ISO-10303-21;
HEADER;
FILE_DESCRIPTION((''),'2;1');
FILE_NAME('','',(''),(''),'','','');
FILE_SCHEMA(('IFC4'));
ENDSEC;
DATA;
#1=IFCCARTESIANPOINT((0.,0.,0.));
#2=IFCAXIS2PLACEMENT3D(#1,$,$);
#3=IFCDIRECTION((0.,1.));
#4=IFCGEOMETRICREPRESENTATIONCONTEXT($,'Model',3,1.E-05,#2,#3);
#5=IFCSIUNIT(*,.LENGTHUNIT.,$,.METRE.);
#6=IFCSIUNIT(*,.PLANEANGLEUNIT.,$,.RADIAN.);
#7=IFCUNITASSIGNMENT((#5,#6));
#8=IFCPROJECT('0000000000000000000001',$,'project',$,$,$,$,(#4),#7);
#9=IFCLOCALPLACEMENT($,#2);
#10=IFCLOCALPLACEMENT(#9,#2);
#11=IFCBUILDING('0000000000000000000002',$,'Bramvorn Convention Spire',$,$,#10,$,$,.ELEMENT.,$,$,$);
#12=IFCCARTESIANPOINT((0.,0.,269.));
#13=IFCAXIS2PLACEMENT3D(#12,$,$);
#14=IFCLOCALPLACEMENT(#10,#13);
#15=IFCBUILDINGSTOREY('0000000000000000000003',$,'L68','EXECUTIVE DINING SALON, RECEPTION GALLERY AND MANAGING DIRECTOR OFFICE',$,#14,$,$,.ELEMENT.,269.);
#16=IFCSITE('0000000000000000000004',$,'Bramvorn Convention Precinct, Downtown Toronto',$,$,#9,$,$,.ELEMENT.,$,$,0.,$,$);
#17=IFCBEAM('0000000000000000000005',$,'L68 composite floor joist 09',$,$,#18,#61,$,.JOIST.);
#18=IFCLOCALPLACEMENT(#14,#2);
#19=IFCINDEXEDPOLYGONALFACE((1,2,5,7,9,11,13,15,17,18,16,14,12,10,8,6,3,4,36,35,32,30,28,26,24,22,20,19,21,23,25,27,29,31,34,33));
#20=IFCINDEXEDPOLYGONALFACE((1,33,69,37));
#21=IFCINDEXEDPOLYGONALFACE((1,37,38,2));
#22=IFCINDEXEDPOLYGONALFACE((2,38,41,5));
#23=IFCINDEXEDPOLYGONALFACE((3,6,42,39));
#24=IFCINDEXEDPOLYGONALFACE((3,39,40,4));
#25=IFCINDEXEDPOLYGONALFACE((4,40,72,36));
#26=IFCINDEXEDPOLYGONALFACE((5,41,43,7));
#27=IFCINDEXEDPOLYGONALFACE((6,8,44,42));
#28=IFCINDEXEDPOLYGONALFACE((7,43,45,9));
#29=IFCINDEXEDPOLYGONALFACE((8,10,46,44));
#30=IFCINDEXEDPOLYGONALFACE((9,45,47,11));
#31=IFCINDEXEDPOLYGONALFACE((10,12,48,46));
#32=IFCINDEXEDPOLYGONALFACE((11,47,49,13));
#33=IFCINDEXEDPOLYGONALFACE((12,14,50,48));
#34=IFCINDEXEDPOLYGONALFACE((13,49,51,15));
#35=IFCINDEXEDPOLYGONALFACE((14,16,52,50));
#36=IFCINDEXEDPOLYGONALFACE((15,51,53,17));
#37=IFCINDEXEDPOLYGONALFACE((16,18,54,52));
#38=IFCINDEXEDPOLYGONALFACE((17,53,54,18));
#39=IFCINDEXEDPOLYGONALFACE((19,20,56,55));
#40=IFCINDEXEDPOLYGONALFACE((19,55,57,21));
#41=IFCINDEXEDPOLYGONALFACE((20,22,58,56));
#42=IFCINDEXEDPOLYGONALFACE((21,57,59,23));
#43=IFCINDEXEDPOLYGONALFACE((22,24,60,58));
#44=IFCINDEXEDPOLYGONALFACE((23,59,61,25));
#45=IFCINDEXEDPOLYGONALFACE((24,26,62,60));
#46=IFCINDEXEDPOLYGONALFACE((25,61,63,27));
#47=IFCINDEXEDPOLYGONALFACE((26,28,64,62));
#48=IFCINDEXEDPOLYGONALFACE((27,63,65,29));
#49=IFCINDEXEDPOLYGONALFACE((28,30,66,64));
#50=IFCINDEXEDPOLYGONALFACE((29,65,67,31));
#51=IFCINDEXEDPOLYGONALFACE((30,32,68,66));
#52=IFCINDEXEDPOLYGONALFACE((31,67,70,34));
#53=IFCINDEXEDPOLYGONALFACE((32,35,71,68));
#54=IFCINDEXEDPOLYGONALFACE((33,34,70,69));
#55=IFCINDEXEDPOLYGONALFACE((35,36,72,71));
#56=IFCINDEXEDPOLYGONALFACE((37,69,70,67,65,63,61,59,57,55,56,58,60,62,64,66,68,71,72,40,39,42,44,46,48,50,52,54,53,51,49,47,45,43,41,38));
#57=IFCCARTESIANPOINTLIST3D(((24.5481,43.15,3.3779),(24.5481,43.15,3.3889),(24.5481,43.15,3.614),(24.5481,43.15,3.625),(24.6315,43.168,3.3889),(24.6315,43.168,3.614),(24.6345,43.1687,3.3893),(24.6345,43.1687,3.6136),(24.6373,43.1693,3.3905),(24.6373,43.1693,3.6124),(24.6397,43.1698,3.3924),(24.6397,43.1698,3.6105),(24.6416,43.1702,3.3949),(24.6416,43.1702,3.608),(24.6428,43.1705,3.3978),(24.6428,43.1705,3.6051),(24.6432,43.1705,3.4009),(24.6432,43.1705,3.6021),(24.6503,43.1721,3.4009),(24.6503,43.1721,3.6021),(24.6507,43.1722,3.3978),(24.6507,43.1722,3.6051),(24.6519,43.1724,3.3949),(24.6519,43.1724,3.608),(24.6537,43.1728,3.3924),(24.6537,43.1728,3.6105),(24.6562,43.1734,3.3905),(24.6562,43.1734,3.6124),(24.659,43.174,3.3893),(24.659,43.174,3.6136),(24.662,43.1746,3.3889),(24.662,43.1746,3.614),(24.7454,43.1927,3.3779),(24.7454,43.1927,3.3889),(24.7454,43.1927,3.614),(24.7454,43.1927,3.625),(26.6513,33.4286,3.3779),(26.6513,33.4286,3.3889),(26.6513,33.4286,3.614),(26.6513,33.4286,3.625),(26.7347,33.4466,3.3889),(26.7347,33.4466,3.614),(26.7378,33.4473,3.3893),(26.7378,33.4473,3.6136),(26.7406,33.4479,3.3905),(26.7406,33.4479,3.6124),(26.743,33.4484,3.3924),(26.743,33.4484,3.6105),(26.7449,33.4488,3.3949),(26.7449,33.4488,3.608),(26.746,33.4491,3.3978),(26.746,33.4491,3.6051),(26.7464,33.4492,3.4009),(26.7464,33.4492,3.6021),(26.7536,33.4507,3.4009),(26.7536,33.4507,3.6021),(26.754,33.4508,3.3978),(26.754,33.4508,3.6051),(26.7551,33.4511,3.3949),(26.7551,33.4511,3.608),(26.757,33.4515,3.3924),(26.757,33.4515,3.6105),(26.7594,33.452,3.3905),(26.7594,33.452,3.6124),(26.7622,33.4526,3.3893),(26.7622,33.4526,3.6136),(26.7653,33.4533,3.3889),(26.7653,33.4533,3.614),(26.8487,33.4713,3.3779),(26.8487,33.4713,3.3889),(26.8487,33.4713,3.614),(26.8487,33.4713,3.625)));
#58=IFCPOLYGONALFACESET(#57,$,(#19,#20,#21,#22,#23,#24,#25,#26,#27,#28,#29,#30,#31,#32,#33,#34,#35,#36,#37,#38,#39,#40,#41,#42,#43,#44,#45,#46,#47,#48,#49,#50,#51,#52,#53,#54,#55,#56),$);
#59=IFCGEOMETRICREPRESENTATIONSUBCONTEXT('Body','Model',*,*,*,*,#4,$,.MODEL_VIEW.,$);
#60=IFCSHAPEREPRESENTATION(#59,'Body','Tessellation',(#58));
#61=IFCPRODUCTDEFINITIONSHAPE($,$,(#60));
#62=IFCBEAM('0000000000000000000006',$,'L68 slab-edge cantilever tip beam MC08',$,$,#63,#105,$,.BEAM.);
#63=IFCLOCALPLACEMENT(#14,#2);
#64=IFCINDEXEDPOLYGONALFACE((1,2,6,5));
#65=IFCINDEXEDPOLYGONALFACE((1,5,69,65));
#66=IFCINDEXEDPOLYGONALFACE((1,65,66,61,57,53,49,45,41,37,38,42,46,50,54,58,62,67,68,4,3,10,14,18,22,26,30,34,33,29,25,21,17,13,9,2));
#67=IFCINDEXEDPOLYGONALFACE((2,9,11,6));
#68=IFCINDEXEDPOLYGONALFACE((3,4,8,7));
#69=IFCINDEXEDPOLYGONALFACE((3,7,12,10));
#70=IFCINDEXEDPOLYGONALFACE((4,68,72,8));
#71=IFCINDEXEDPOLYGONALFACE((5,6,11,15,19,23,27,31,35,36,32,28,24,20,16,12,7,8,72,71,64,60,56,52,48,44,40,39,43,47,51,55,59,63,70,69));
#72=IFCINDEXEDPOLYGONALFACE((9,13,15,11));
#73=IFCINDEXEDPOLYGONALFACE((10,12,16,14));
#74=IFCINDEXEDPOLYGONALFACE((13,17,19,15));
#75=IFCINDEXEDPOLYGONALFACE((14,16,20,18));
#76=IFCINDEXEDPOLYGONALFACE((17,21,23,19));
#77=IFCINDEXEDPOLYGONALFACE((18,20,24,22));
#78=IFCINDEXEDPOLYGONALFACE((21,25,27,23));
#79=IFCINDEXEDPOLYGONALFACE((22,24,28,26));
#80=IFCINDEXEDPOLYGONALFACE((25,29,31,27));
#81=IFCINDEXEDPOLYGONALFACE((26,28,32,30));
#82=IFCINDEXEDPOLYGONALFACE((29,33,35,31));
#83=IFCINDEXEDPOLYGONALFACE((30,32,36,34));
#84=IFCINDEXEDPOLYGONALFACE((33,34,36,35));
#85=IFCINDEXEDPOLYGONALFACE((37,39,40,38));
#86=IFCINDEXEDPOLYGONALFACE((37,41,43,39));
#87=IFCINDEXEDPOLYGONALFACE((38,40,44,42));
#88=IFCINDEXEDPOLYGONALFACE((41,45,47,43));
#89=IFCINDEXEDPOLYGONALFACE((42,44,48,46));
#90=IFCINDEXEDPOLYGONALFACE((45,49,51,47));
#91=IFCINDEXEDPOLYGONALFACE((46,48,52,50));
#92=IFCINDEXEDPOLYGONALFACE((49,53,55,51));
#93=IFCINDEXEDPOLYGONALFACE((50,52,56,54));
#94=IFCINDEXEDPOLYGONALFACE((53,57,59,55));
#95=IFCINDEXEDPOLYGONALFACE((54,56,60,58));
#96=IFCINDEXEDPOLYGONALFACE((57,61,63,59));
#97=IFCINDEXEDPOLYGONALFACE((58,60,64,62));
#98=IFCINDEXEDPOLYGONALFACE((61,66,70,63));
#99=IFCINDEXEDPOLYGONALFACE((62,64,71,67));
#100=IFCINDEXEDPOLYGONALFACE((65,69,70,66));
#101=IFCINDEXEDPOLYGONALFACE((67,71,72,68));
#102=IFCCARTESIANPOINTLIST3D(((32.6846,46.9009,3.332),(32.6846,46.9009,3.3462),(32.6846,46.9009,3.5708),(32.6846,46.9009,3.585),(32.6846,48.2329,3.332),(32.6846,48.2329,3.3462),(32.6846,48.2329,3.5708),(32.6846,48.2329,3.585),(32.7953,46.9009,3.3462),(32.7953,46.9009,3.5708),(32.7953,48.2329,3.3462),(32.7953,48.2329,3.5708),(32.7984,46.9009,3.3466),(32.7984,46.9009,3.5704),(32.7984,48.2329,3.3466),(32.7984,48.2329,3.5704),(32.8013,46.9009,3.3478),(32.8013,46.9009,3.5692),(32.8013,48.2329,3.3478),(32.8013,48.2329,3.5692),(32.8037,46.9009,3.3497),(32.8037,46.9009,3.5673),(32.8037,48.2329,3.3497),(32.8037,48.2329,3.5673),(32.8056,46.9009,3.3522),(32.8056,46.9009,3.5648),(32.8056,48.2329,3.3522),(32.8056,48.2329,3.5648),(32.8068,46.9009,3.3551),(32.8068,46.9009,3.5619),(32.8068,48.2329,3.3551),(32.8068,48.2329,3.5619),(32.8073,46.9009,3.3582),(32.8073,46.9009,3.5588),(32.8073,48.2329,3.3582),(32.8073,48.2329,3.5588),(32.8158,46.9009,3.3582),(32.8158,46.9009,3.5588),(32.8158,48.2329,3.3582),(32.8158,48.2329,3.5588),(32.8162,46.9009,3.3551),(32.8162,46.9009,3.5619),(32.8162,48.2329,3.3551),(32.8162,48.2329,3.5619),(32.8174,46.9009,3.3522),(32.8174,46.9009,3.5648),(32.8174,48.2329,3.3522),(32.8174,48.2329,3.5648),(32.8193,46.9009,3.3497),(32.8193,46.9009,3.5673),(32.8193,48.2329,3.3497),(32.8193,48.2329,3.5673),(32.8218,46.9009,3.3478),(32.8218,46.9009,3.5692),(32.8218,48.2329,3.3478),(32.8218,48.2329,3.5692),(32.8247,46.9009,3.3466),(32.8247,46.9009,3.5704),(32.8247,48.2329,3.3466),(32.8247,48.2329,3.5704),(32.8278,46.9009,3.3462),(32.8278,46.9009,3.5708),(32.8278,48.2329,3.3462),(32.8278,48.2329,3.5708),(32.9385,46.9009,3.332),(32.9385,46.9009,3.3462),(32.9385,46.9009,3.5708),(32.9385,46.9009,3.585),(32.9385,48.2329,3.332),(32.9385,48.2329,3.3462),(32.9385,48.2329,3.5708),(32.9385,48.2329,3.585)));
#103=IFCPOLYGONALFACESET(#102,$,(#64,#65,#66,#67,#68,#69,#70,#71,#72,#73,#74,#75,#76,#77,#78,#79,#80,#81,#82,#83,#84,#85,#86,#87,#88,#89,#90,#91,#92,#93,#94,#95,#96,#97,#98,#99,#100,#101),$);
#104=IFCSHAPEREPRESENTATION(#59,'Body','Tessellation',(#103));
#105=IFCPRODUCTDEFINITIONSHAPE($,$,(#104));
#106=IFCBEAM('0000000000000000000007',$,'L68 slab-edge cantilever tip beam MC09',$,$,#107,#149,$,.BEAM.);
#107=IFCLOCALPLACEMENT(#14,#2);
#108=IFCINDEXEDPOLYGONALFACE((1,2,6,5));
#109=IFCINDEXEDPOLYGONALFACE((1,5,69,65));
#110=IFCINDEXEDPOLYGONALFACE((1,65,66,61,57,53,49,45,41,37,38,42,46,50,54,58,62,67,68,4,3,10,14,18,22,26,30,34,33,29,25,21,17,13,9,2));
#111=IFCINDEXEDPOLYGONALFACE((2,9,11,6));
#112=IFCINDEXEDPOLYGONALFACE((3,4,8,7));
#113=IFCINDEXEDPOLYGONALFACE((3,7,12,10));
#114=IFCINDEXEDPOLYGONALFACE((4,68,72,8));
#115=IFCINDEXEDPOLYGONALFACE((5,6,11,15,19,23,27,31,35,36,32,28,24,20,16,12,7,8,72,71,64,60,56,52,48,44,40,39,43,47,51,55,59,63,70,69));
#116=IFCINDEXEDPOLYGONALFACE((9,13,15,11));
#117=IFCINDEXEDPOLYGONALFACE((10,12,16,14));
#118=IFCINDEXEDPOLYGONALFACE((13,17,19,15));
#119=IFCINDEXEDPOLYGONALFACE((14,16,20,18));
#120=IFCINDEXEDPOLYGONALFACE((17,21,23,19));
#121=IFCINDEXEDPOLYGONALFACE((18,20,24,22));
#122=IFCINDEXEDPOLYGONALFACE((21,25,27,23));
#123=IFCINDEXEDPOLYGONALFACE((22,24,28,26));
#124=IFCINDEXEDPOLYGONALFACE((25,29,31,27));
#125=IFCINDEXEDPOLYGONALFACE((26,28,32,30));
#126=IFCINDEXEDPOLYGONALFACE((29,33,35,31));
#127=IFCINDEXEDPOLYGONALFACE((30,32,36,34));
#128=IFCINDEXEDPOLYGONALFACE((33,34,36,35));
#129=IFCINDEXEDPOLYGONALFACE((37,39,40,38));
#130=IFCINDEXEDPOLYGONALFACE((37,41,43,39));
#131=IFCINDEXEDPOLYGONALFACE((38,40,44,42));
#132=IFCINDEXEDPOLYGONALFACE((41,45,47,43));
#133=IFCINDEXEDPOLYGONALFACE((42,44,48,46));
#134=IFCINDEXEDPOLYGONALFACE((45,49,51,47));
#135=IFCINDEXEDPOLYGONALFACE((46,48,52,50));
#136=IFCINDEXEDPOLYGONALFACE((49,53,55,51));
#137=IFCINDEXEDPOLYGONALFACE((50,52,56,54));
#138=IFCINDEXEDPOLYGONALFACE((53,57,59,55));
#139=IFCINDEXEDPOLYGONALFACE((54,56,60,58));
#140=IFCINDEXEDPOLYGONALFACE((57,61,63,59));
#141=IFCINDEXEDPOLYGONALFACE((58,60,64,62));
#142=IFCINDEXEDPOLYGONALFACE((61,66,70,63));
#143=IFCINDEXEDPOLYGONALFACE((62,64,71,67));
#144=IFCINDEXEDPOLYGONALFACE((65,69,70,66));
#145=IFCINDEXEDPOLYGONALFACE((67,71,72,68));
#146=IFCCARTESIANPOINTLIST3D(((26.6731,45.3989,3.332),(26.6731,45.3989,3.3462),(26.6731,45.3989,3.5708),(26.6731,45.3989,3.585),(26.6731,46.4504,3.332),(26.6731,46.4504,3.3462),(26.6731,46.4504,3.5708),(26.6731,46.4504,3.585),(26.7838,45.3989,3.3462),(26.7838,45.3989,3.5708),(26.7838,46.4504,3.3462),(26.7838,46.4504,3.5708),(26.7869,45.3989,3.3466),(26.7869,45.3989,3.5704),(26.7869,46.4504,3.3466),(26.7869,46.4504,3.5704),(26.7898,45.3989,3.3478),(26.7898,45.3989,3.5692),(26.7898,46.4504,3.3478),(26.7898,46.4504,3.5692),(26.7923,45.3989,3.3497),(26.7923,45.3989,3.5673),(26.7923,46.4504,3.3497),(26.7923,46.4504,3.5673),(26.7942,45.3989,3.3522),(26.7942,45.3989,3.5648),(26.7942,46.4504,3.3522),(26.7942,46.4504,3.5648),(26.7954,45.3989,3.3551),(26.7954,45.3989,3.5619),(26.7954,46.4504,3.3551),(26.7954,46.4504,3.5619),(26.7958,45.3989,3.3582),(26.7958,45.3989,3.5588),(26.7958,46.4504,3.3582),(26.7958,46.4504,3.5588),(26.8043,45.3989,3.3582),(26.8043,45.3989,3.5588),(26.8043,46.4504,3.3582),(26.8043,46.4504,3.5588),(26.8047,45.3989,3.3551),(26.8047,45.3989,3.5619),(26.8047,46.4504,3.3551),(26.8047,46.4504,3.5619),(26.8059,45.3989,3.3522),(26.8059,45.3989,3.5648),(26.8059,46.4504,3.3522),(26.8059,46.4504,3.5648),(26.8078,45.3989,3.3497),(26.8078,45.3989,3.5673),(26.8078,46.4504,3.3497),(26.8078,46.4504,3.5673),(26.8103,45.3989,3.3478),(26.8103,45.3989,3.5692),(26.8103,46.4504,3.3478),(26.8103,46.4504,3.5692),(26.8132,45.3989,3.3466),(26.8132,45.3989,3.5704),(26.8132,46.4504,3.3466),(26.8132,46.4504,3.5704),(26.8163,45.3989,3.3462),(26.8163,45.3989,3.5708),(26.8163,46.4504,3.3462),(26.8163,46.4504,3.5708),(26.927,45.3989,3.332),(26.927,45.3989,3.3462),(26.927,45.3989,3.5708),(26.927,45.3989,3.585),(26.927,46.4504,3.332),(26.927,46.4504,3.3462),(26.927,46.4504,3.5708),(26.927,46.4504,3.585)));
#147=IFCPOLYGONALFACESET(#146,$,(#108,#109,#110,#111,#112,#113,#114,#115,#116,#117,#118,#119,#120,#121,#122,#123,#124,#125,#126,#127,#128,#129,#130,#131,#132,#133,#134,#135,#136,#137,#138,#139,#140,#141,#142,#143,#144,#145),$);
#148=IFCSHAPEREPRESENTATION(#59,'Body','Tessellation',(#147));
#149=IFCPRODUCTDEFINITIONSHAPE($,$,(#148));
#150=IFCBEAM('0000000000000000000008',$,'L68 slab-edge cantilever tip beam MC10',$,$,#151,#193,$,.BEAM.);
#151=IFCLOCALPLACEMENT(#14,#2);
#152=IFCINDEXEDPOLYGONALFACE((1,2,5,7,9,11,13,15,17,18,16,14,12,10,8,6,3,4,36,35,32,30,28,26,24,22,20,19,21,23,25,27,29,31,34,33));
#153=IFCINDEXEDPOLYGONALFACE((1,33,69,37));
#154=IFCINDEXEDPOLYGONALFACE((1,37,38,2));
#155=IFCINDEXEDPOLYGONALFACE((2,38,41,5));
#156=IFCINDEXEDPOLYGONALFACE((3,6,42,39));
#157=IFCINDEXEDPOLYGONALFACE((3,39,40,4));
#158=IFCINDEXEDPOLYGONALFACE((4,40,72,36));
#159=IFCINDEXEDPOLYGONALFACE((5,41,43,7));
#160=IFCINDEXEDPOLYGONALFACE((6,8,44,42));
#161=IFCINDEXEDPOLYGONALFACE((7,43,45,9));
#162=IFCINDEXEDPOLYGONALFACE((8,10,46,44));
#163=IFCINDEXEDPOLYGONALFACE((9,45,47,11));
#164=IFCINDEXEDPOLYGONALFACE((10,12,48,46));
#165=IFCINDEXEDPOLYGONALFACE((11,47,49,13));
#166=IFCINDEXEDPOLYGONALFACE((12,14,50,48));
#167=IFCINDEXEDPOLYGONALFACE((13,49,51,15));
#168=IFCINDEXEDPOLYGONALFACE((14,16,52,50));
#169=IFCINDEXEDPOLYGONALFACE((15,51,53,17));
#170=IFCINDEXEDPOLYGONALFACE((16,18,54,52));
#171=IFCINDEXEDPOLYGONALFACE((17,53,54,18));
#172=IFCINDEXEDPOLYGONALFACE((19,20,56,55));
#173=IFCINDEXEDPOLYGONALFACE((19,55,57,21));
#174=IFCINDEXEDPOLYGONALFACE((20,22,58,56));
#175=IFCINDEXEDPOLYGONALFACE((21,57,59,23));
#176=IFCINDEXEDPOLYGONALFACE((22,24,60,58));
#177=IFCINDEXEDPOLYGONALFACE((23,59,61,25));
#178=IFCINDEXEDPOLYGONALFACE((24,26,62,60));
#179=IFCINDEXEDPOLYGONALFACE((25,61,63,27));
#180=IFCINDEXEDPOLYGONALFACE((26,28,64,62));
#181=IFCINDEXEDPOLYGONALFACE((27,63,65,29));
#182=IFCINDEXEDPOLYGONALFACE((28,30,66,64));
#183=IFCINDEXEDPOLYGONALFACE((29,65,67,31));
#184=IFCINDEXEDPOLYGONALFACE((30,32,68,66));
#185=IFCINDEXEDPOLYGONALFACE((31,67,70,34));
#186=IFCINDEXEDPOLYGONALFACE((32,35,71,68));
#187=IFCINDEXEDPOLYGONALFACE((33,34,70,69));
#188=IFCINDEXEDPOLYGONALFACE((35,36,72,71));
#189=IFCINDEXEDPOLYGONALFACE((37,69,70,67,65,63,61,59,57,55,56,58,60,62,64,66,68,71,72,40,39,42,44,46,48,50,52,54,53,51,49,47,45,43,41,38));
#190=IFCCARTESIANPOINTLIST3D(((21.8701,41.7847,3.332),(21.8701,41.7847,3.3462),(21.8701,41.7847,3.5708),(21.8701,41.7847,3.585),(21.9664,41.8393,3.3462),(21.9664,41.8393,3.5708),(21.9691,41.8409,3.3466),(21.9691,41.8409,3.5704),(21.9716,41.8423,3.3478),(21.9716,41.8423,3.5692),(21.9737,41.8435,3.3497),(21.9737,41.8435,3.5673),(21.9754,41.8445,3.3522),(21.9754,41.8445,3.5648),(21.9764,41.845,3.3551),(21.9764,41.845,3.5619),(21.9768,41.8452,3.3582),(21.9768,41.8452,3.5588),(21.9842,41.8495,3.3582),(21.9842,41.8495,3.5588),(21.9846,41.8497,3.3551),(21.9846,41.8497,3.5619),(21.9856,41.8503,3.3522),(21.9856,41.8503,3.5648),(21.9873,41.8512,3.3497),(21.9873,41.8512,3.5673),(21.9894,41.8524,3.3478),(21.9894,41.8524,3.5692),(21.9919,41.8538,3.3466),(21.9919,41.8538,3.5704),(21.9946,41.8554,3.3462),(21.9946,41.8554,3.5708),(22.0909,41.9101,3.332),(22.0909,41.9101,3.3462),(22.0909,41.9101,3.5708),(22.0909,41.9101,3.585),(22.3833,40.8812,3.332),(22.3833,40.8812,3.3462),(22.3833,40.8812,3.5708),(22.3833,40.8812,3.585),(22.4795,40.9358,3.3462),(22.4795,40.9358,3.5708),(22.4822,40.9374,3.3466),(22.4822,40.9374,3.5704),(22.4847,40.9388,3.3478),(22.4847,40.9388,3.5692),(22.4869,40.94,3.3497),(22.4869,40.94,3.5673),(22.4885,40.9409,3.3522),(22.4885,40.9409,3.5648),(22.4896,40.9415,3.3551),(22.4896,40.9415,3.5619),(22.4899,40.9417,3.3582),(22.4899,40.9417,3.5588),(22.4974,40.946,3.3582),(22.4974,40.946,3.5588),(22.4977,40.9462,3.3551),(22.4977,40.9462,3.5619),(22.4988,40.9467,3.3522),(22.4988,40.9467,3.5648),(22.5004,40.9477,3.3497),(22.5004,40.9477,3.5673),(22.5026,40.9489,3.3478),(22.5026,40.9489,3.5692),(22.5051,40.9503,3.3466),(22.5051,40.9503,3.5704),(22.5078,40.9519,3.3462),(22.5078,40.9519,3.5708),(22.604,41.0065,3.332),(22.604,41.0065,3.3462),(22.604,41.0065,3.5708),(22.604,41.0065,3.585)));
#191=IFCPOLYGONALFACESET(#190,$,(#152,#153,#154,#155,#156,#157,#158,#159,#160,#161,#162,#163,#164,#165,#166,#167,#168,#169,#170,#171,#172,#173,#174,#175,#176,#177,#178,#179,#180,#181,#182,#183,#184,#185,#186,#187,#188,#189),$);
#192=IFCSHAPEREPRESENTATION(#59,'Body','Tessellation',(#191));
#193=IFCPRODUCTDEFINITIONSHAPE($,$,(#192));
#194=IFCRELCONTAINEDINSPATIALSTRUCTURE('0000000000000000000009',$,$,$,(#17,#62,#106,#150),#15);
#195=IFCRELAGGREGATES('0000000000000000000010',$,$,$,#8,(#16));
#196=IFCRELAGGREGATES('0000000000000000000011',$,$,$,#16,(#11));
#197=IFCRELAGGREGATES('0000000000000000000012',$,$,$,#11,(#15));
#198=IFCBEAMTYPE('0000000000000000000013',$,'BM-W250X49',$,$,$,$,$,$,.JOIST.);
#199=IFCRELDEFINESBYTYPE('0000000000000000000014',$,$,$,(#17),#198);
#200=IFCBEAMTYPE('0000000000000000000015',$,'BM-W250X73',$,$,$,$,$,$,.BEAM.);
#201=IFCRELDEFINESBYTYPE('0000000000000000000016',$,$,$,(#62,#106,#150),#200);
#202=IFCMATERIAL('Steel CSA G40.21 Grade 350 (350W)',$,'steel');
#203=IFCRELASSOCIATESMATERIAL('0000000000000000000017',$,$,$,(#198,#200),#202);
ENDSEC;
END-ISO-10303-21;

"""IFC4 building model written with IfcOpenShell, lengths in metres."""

from ifc_helpers import new_model, si_unit, direction, frame, origin, origin_2d, place, context, subcontext, project, spatial, i_section, extrude, material, material_profile, profile_set, type_object, element, save


model = new_model("IFC4")

# Units and contexts
model_context = context("Model", 3, precision=1e-05, world=origin(), true_north=direction((0.0, 1.0)))
body_context = subcontext(model_context, "Body", "Model", "MODEL_VIEW")
ifc_project = project(units=[si_unit("LENGTHUNIT", "METRE"), si_unit("PLANEANGLEUNIT", "RADIAN")], contexts=[model_context])

# Site, building, storey
site_placement = place(None, origin())
site = spatial("IfcSite", under=ifc_project, at=site_placement, Name="Bramvorn Convention Precinct, Downtown Toronto", CompositionType="ELEMENT", RefElevation=0.0)
building_placement = place(site_placement, origin())
building = spatial("IfcBuilding", under=site, at=building_placement, Name="Bramvorn Convention Spire", CompositionType="ELEMENT")
storey_placement = place(building_placement, frame((0.0, 0.0, 269.0)))
storey = spatial("IfcBuildingStorey", under=building, at=storey_placement, Name="L68", Description="EXECUTIVE DINING SALON, RECEPTION GALLERY AND MANAGING DIRECTOR OFFICE", CompositionType="ELEMENT", Elevation=269.0)

# Shared definitions
ifc_material_1 = material(Name="Steel CSA G40.21 Grade 350 (350W)", Category="steel")

# Beams
ifc_material_profile_1 = material_profile(ifc_material_1, i_section(OverallWidth=0.2019, OverallDepth=0.2471, WebThickness=0.0073, FlangeThickness=0.011, FilletRadius=0.012, at=origin_2d()))
ifc_profile_set_1 = profile_set([ifc_material_profile_1], Name="Steel CSA G40.21 Grade 350 (350W) - W250X49")
beam_type_1 = type_object("IfcBeamType", Name="BM-W250X49", PredefinedType="JOIST", material=ifc_profile_set_1)
beam_1_placement = place(storey_placement, frame((26.75, 33.45, 3.5015), z_axis=(-0.211461, 0.977386, 0.0), x_axis=(-0.977386, -0.211461, 0.0)))
element("IfcBeam", 1, at=beam_1_placement, inside=storey, type_object=beam_type_1, Name="L68 composite floor joist 09", PredefinedType="JOIST", context=body_context, shape_type="SweptSolid", body=[
    extrude(i_section(OverallWidth=0.2019, OverallDepth=0.2471, WebThickness=0.0073, FlangeThickness=0.011, FilletRadius=0.012, at=origin_2d()), origin(), (0.0, 0.0, 1.0), 9.9463),
])
ifc_material_profile_2 = material_profile(ifc_material_1, i_section(OverallWidth=0.2539, OverallDepth=0.2529, WebThickness=0.0085, FlangeThickness=0.0142, FilletRadius=0.012, at=origin_2d()))
ifc_profile_set_2 = profile_set([ifc_material_profile_2], Name="Steel CSA G40.21 Grade 350 (350W) - W250X73")
beam_type_2 = type_object("IfcBeamType", Name="BM-W250X73", PredefinedType="BEAM", material=ifc_profile_set_2)
beam_2_placement = place(storey_placement, frame((32.8115, 46.9009, 3.4585), z_axis=(0.0, 1.0, 0.0), x_axis=(-1.0, 0.0, 0.0)))
element("IfcBeam", 2, at=beam_2_placement, inside=storey, type_object=beam_type_2, Name="L68 slab-edge cantilever tip beam MC08", PredefinedType="BEAM", context=body_context, shape_type="SweptSolid", body=[
    extrude(i_section(OverallWidth=0.2539, OverallDepth=0.2529, WebThickness=0.0085, FlangeThickness=0.0142, FilletRadius=0.012, at=origin_2d()), origin(), (0.0, 0.0, 1.0), 1.332),
])
beam_3_placement = place(storey_placement, frame((26.8, 45.3989, 3.4585), z_axis=(0.0, 1.0, 0.0), x_axis=(-1.0, 0.0, 0.0)))
element("IfcBeam", 3, at=beam_3_placement, inside=storey, type_object=beam_type_2, Name="L68 slab-edge cantilever tip beam MC09", PredefinedType="BEAM", context=body_context, shape_type="SweptSolid", body=[
    extrude(i_section(OverallWidth=0.2539, OverallDepth=0.2529, WebThickness=0.0085, FlangeThickness=0.0142, FilletRadius=0.012, at=origin_2d()), origin(), (0.0, 0.0, 1.0), 1.0515),
])
beam_4_placement = place(storey_placement, frame((22.4937, 40.9438, 3.4585), z_axis=(-0.49386, 0.869541, 0.0), x_axis=(-0.869541, -0.49386, 0.0)))
element("IfcBeam", 4, at=beam_4_placement, inside=storey, type_object=beam_type_2, Name="L68 slab-edge cantilever tip beam MC10", PredefinedType="BEAM", context=body_context, shape_type="SweptSolid", body=[
    extrude(i_section(OverallWidth=0.2539, OverallDepth=0.2529, WebThickness=0.0085, FlangeThickness=0.0142, FilletRadius=0.012, at=origin_2d()), origin(), (0.0, 0.0, 1.0), 1.0391),
])

save(model, "model.ifc")
